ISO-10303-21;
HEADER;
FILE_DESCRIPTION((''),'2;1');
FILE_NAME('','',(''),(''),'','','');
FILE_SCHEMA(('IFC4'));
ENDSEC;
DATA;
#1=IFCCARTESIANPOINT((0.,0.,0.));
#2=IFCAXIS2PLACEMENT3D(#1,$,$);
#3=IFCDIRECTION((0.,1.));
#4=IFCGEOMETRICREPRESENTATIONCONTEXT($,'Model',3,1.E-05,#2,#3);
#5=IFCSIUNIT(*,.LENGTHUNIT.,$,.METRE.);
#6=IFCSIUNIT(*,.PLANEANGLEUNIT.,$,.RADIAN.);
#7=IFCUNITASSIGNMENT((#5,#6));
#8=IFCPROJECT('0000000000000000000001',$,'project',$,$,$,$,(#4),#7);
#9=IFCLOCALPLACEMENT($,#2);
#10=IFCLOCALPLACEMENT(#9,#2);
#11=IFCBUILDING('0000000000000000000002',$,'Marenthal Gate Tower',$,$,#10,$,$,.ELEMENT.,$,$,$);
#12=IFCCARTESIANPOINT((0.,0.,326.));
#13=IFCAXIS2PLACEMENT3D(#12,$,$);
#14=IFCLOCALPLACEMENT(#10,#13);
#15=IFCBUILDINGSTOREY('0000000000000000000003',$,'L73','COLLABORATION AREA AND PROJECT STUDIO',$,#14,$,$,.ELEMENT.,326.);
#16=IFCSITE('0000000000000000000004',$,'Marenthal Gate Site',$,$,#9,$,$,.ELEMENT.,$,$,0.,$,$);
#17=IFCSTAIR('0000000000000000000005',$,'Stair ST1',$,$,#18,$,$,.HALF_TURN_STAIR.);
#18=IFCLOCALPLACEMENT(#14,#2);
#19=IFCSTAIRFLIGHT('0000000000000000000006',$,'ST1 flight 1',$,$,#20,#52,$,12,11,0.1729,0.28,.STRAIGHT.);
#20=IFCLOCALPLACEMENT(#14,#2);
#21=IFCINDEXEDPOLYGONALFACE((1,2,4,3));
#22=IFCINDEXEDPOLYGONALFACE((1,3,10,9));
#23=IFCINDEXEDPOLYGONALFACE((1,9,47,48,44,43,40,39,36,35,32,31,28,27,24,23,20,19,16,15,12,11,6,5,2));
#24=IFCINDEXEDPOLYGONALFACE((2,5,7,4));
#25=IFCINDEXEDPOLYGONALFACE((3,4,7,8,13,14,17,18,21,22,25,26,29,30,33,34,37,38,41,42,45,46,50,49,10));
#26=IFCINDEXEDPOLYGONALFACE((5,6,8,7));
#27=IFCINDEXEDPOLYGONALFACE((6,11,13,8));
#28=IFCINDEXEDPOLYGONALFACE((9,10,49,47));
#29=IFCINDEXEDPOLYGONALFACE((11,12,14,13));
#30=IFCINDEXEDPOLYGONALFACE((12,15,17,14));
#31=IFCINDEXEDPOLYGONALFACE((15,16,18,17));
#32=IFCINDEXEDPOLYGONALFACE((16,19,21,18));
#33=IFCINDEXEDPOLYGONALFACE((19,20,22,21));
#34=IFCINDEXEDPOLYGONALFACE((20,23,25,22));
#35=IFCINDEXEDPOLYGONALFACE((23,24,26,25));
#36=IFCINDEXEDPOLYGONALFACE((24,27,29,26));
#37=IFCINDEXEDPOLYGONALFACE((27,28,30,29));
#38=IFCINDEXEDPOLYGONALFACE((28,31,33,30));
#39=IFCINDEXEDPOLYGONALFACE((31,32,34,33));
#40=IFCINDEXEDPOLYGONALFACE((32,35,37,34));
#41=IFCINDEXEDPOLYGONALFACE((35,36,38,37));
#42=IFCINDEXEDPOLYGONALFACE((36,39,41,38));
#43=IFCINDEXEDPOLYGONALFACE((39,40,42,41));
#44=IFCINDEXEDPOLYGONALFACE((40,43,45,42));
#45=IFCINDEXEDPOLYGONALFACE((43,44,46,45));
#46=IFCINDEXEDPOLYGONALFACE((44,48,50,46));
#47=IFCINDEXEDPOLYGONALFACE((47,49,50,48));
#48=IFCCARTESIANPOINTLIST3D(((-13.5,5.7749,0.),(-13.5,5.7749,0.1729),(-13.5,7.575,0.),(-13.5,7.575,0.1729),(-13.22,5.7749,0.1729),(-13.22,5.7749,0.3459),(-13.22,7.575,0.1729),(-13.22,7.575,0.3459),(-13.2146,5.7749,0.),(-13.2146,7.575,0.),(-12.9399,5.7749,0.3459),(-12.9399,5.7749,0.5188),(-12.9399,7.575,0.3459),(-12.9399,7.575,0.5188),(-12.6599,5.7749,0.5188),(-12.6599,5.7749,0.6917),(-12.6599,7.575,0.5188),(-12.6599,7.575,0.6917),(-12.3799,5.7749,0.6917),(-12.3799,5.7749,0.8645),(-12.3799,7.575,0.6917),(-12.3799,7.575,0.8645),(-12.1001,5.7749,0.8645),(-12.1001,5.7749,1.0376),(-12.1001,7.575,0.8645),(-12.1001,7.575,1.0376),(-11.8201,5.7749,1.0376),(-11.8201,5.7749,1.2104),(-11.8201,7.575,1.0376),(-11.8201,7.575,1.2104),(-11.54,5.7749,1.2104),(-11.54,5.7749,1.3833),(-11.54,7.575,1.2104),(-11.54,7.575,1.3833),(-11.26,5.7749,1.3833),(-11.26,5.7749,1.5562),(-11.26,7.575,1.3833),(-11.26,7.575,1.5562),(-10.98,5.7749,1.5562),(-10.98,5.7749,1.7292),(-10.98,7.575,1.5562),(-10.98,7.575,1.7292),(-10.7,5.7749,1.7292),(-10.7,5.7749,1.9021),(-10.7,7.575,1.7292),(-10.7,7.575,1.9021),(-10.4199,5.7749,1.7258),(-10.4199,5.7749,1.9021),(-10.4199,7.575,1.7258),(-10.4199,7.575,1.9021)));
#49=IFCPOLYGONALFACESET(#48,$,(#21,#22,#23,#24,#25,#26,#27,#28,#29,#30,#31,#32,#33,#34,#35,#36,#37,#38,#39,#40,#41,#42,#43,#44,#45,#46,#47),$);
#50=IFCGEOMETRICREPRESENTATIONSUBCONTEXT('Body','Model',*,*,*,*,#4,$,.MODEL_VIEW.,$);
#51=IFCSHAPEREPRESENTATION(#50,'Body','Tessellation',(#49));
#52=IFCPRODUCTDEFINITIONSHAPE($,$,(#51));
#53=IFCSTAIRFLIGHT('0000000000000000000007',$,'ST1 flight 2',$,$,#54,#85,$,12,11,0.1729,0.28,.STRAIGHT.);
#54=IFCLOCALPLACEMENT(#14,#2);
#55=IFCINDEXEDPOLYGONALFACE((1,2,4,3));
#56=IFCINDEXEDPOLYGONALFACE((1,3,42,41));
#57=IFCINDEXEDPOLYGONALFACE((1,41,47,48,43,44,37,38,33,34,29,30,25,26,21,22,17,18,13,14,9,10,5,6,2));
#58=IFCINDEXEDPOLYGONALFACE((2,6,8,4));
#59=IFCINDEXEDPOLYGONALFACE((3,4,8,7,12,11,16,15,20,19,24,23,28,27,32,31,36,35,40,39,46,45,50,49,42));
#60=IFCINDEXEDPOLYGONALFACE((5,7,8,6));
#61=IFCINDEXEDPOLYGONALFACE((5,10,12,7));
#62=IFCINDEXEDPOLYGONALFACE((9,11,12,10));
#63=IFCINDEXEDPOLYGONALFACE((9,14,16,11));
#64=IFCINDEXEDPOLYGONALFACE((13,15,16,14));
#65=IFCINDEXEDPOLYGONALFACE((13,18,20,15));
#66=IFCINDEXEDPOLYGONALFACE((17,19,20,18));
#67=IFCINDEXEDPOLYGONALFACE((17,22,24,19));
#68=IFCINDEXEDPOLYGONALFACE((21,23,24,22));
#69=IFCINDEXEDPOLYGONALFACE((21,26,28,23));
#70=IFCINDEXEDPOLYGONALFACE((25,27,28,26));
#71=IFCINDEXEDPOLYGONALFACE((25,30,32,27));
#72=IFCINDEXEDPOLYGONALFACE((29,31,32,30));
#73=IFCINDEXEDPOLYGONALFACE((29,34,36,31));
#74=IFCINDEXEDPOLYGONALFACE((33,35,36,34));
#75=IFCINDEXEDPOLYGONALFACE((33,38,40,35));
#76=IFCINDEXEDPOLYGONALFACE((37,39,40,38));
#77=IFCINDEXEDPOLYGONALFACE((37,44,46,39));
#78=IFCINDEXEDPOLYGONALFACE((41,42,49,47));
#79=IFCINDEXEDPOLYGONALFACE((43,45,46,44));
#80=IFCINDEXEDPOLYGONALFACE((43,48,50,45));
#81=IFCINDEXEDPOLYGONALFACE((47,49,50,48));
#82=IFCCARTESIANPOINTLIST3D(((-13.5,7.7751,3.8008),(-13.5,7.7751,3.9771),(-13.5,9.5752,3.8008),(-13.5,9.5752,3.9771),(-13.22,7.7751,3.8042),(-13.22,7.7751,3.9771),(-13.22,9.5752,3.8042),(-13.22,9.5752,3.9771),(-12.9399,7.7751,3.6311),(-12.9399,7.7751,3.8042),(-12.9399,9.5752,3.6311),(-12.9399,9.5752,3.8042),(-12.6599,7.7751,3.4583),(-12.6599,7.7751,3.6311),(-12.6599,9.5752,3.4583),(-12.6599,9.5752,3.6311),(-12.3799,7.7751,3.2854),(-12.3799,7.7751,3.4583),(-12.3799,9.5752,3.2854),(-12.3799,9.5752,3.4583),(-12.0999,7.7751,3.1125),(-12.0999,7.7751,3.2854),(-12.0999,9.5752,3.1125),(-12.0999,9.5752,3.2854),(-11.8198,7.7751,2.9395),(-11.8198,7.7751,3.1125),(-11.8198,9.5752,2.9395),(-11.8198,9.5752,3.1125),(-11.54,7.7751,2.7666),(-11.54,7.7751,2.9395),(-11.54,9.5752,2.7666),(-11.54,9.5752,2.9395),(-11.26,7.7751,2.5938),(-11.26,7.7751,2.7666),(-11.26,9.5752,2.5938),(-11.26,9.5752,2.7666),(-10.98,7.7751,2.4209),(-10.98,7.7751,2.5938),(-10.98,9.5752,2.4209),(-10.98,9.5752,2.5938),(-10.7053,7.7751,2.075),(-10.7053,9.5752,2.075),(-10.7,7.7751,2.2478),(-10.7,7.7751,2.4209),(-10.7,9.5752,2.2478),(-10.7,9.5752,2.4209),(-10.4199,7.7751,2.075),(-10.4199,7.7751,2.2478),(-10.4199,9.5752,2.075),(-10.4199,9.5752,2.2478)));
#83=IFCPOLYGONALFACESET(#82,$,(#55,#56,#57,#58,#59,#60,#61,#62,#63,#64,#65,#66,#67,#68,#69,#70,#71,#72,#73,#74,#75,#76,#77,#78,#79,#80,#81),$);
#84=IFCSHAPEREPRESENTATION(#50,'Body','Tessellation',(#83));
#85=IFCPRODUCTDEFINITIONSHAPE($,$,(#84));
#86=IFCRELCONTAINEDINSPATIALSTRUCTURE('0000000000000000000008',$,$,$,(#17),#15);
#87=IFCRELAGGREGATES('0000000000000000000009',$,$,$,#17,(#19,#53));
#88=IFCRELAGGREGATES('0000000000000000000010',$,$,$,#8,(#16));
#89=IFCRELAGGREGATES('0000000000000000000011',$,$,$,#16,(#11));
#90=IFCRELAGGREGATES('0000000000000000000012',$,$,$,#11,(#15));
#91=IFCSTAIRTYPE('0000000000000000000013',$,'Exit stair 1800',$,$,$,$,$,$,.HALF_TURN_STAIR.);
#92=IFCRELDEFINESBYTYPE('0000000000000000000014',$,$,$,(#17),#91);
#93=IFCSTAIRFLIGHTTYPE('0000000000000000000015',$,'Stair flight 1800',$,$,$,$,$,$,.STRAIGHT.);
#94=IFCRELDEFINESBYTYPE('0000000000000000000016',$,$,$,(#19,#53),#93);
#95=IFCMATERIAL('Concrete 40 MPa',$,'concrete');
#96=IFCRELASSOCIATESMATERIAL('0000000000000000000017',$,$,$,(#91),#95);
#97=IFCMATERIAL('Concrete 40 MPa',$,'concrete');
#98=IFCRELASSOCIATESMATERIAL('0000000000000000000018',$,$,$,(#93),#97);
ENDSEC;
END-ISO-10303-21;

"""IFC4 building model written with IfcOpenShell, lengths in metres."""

from ifc_helpers import new_model, si_unit, direction, frame, origin, place, context, subcontext, project, spatial, polyline, outline, extrude, material, type_object, element, aggregate, save


model = new_model("IFC4")

# Units and contexts
model_context = context("Model", 3, precision=1e-05, world=origin(), true_north=direction((0.0, 1.0)))
body_context = subcontext(model_context, "Body", "Model", "MODEL_VIEW")
ifc_project = project(units=[si_unit("LENGTHUNIT", "METRE"), si_unit("PLANEANGLEUNIT", "RADIAN")], contexts=[model_context])

# Site, building, storey
site_placement = place(None, origin())
site = spatial("IfcSite", under=ifc_project, at=site_placement, Name="Marenthal Gate Site", CompositionType="ELEMENT", RefElevation=0.0)
building_placement = place(site_placement, origin())
building = spatial("IfcBuilding", under=site, at=building_placement, Name="Marenthal Gate Tower", CompositionType="ELEMENT")
storey_placement = place(building_placement, frame((0.0, 0.0, 326.0)))
storey = spatial("IfcBuildingStorey", under=building, at=storey_placement, Name="L73", Description="COLLABORATION AREA AND PROJECT STUDIO", CompositionType="ELEMENT", Elevation=326.0)

# Stair, stair flights
ifc_material_1 = material(Name="Concrete 40 MPa", Category="concrete")
stair_type = type_object("IfcStairType", Name="Exit stair 1800", PredefinedType="HALF_TURN_STAIR", material=ifc_material_1)
stair_placement = place(storey_placement, origin())
stair = element("IfcStair", 1, at=stair_placement, inside=storey, type_object=stair_type, Name="Stair ST1", PredefinedType="HALF_TURN_STAIR")
ifc_material_2 = material(Name="Concrete 40 MPa", Category="concrete")
stair_flight_type = type_object("IfcStairFlightType", Name="Stair flight 1800", PredefinedType="STRAIGHT", material=ifc_material_2)
stair_flight_1_placement = place(storey_placement, frame((-13.5, 6.675, 0.0), z_axis=(0.0, 0.0, 1.0), x_axis=(1.0, 0.0, 0.0)))
stair_flight_1 = element("IfcStairFlight", 2, at=stair_flight_1_placement, type_object=stair_flight_type, Name="ST1 flight 1", NumberOfRisers=12, NumberOfTreads=11, PredefinedType="STRAIGHT", RiserHeight=0.1729, TreadLength=0.28, context=body_context, shape_type="SweptSolid", body=[
    extrude(outline(polyline([(0.0, 0.0), (0.0, 0.1729), (0.28, 0.1729), (0.28, 0.3459), (0.5601, 0.3459), (0.5601, 0.5188), (0.8401, 0.5188), (0.8401, 0.6917), (1.1201, 0.6917), (1.1201, 0.8645), (1.3999, 0.8645), (1.3999, 1.0376), (1.6799, 1.0376), (1.6799, 1.2104), (1.96, 1.2104), (1.96, 1.3833), (2.24, 1.3833), (2.24, 1.5562), (2.52, 1.5562), (2.52, 1.7292), (2.8, 1.7292), (2.8, 1.9021), (3.0801, 1.9021), (3.0801, 2.075), (3.0801, 1.7258), (0.2854, 0.0), (0.0, 0.0)])), frame((0.0, 0.8999, 0.0), z_axis=(0.0, -1.0, 0.0), x_axis=(1.0, 0.0, 0.0)), (0.0, 0.0, 1.0), 1.8),
])
stair_flight_2_placement = place(storey_placement, frame((-10.4199, 8.675, 2.075), z_axis=(0.0, 0.0, 1.0), x_axis=(-1.0, 0.0, 0.0)))
stair_flight_2 = element("IfcStairFlight", 3, at=stair_flight_2_placement, type_object=stair_flight_type, Name="ST1 flight 2", NumberOfRisers=12, NumberOfTreads=11, PredefinedType="STRAIGHT", RiserHeight=0.1729, TreadLength=0.28, context=body_context, shape_type="SweptSolid", body=[
    extrude(outline(polyline([(0.0, 0.0), (0.0, 0.1729), (0.28, 0.1729), (0.28, 0.3459), (0.5601, 0.3459), (0.5601, 0.5188), (0.8401, 0.5188), (0.8401, 0.6917), (1.1201, 0.6917), (1.1201, 0.8645), (1.3999, 0.8645), (1.3999, 1.0376), (1.6799, 1.0376), (1.6799, 1.2104), (1.96, 1.2104), (1.96, 1.3833), (2.24, 1.3833), (2.24, 1.5562), (2.52, 1.5562), (2.52, 1.7292), (2.8, 1.7292), (2.8, 1.9021), (3.0801, 1.9021), (3.0801, 2.075), (3.0801, 1.7258), (0.2854, 0.0), (0.0, 0.0)])), frame((0.0, 0.8999, 0.0), z_axis=(0.0, -1.0, 0.0), x_axis=(1.0, 0.0, 0.0)), (0.0, 0.0, 1.0), 1.8),
])
aggregate(stair, [stair_flight_1, stair_flight_2])

save(model, "model.ifc")
